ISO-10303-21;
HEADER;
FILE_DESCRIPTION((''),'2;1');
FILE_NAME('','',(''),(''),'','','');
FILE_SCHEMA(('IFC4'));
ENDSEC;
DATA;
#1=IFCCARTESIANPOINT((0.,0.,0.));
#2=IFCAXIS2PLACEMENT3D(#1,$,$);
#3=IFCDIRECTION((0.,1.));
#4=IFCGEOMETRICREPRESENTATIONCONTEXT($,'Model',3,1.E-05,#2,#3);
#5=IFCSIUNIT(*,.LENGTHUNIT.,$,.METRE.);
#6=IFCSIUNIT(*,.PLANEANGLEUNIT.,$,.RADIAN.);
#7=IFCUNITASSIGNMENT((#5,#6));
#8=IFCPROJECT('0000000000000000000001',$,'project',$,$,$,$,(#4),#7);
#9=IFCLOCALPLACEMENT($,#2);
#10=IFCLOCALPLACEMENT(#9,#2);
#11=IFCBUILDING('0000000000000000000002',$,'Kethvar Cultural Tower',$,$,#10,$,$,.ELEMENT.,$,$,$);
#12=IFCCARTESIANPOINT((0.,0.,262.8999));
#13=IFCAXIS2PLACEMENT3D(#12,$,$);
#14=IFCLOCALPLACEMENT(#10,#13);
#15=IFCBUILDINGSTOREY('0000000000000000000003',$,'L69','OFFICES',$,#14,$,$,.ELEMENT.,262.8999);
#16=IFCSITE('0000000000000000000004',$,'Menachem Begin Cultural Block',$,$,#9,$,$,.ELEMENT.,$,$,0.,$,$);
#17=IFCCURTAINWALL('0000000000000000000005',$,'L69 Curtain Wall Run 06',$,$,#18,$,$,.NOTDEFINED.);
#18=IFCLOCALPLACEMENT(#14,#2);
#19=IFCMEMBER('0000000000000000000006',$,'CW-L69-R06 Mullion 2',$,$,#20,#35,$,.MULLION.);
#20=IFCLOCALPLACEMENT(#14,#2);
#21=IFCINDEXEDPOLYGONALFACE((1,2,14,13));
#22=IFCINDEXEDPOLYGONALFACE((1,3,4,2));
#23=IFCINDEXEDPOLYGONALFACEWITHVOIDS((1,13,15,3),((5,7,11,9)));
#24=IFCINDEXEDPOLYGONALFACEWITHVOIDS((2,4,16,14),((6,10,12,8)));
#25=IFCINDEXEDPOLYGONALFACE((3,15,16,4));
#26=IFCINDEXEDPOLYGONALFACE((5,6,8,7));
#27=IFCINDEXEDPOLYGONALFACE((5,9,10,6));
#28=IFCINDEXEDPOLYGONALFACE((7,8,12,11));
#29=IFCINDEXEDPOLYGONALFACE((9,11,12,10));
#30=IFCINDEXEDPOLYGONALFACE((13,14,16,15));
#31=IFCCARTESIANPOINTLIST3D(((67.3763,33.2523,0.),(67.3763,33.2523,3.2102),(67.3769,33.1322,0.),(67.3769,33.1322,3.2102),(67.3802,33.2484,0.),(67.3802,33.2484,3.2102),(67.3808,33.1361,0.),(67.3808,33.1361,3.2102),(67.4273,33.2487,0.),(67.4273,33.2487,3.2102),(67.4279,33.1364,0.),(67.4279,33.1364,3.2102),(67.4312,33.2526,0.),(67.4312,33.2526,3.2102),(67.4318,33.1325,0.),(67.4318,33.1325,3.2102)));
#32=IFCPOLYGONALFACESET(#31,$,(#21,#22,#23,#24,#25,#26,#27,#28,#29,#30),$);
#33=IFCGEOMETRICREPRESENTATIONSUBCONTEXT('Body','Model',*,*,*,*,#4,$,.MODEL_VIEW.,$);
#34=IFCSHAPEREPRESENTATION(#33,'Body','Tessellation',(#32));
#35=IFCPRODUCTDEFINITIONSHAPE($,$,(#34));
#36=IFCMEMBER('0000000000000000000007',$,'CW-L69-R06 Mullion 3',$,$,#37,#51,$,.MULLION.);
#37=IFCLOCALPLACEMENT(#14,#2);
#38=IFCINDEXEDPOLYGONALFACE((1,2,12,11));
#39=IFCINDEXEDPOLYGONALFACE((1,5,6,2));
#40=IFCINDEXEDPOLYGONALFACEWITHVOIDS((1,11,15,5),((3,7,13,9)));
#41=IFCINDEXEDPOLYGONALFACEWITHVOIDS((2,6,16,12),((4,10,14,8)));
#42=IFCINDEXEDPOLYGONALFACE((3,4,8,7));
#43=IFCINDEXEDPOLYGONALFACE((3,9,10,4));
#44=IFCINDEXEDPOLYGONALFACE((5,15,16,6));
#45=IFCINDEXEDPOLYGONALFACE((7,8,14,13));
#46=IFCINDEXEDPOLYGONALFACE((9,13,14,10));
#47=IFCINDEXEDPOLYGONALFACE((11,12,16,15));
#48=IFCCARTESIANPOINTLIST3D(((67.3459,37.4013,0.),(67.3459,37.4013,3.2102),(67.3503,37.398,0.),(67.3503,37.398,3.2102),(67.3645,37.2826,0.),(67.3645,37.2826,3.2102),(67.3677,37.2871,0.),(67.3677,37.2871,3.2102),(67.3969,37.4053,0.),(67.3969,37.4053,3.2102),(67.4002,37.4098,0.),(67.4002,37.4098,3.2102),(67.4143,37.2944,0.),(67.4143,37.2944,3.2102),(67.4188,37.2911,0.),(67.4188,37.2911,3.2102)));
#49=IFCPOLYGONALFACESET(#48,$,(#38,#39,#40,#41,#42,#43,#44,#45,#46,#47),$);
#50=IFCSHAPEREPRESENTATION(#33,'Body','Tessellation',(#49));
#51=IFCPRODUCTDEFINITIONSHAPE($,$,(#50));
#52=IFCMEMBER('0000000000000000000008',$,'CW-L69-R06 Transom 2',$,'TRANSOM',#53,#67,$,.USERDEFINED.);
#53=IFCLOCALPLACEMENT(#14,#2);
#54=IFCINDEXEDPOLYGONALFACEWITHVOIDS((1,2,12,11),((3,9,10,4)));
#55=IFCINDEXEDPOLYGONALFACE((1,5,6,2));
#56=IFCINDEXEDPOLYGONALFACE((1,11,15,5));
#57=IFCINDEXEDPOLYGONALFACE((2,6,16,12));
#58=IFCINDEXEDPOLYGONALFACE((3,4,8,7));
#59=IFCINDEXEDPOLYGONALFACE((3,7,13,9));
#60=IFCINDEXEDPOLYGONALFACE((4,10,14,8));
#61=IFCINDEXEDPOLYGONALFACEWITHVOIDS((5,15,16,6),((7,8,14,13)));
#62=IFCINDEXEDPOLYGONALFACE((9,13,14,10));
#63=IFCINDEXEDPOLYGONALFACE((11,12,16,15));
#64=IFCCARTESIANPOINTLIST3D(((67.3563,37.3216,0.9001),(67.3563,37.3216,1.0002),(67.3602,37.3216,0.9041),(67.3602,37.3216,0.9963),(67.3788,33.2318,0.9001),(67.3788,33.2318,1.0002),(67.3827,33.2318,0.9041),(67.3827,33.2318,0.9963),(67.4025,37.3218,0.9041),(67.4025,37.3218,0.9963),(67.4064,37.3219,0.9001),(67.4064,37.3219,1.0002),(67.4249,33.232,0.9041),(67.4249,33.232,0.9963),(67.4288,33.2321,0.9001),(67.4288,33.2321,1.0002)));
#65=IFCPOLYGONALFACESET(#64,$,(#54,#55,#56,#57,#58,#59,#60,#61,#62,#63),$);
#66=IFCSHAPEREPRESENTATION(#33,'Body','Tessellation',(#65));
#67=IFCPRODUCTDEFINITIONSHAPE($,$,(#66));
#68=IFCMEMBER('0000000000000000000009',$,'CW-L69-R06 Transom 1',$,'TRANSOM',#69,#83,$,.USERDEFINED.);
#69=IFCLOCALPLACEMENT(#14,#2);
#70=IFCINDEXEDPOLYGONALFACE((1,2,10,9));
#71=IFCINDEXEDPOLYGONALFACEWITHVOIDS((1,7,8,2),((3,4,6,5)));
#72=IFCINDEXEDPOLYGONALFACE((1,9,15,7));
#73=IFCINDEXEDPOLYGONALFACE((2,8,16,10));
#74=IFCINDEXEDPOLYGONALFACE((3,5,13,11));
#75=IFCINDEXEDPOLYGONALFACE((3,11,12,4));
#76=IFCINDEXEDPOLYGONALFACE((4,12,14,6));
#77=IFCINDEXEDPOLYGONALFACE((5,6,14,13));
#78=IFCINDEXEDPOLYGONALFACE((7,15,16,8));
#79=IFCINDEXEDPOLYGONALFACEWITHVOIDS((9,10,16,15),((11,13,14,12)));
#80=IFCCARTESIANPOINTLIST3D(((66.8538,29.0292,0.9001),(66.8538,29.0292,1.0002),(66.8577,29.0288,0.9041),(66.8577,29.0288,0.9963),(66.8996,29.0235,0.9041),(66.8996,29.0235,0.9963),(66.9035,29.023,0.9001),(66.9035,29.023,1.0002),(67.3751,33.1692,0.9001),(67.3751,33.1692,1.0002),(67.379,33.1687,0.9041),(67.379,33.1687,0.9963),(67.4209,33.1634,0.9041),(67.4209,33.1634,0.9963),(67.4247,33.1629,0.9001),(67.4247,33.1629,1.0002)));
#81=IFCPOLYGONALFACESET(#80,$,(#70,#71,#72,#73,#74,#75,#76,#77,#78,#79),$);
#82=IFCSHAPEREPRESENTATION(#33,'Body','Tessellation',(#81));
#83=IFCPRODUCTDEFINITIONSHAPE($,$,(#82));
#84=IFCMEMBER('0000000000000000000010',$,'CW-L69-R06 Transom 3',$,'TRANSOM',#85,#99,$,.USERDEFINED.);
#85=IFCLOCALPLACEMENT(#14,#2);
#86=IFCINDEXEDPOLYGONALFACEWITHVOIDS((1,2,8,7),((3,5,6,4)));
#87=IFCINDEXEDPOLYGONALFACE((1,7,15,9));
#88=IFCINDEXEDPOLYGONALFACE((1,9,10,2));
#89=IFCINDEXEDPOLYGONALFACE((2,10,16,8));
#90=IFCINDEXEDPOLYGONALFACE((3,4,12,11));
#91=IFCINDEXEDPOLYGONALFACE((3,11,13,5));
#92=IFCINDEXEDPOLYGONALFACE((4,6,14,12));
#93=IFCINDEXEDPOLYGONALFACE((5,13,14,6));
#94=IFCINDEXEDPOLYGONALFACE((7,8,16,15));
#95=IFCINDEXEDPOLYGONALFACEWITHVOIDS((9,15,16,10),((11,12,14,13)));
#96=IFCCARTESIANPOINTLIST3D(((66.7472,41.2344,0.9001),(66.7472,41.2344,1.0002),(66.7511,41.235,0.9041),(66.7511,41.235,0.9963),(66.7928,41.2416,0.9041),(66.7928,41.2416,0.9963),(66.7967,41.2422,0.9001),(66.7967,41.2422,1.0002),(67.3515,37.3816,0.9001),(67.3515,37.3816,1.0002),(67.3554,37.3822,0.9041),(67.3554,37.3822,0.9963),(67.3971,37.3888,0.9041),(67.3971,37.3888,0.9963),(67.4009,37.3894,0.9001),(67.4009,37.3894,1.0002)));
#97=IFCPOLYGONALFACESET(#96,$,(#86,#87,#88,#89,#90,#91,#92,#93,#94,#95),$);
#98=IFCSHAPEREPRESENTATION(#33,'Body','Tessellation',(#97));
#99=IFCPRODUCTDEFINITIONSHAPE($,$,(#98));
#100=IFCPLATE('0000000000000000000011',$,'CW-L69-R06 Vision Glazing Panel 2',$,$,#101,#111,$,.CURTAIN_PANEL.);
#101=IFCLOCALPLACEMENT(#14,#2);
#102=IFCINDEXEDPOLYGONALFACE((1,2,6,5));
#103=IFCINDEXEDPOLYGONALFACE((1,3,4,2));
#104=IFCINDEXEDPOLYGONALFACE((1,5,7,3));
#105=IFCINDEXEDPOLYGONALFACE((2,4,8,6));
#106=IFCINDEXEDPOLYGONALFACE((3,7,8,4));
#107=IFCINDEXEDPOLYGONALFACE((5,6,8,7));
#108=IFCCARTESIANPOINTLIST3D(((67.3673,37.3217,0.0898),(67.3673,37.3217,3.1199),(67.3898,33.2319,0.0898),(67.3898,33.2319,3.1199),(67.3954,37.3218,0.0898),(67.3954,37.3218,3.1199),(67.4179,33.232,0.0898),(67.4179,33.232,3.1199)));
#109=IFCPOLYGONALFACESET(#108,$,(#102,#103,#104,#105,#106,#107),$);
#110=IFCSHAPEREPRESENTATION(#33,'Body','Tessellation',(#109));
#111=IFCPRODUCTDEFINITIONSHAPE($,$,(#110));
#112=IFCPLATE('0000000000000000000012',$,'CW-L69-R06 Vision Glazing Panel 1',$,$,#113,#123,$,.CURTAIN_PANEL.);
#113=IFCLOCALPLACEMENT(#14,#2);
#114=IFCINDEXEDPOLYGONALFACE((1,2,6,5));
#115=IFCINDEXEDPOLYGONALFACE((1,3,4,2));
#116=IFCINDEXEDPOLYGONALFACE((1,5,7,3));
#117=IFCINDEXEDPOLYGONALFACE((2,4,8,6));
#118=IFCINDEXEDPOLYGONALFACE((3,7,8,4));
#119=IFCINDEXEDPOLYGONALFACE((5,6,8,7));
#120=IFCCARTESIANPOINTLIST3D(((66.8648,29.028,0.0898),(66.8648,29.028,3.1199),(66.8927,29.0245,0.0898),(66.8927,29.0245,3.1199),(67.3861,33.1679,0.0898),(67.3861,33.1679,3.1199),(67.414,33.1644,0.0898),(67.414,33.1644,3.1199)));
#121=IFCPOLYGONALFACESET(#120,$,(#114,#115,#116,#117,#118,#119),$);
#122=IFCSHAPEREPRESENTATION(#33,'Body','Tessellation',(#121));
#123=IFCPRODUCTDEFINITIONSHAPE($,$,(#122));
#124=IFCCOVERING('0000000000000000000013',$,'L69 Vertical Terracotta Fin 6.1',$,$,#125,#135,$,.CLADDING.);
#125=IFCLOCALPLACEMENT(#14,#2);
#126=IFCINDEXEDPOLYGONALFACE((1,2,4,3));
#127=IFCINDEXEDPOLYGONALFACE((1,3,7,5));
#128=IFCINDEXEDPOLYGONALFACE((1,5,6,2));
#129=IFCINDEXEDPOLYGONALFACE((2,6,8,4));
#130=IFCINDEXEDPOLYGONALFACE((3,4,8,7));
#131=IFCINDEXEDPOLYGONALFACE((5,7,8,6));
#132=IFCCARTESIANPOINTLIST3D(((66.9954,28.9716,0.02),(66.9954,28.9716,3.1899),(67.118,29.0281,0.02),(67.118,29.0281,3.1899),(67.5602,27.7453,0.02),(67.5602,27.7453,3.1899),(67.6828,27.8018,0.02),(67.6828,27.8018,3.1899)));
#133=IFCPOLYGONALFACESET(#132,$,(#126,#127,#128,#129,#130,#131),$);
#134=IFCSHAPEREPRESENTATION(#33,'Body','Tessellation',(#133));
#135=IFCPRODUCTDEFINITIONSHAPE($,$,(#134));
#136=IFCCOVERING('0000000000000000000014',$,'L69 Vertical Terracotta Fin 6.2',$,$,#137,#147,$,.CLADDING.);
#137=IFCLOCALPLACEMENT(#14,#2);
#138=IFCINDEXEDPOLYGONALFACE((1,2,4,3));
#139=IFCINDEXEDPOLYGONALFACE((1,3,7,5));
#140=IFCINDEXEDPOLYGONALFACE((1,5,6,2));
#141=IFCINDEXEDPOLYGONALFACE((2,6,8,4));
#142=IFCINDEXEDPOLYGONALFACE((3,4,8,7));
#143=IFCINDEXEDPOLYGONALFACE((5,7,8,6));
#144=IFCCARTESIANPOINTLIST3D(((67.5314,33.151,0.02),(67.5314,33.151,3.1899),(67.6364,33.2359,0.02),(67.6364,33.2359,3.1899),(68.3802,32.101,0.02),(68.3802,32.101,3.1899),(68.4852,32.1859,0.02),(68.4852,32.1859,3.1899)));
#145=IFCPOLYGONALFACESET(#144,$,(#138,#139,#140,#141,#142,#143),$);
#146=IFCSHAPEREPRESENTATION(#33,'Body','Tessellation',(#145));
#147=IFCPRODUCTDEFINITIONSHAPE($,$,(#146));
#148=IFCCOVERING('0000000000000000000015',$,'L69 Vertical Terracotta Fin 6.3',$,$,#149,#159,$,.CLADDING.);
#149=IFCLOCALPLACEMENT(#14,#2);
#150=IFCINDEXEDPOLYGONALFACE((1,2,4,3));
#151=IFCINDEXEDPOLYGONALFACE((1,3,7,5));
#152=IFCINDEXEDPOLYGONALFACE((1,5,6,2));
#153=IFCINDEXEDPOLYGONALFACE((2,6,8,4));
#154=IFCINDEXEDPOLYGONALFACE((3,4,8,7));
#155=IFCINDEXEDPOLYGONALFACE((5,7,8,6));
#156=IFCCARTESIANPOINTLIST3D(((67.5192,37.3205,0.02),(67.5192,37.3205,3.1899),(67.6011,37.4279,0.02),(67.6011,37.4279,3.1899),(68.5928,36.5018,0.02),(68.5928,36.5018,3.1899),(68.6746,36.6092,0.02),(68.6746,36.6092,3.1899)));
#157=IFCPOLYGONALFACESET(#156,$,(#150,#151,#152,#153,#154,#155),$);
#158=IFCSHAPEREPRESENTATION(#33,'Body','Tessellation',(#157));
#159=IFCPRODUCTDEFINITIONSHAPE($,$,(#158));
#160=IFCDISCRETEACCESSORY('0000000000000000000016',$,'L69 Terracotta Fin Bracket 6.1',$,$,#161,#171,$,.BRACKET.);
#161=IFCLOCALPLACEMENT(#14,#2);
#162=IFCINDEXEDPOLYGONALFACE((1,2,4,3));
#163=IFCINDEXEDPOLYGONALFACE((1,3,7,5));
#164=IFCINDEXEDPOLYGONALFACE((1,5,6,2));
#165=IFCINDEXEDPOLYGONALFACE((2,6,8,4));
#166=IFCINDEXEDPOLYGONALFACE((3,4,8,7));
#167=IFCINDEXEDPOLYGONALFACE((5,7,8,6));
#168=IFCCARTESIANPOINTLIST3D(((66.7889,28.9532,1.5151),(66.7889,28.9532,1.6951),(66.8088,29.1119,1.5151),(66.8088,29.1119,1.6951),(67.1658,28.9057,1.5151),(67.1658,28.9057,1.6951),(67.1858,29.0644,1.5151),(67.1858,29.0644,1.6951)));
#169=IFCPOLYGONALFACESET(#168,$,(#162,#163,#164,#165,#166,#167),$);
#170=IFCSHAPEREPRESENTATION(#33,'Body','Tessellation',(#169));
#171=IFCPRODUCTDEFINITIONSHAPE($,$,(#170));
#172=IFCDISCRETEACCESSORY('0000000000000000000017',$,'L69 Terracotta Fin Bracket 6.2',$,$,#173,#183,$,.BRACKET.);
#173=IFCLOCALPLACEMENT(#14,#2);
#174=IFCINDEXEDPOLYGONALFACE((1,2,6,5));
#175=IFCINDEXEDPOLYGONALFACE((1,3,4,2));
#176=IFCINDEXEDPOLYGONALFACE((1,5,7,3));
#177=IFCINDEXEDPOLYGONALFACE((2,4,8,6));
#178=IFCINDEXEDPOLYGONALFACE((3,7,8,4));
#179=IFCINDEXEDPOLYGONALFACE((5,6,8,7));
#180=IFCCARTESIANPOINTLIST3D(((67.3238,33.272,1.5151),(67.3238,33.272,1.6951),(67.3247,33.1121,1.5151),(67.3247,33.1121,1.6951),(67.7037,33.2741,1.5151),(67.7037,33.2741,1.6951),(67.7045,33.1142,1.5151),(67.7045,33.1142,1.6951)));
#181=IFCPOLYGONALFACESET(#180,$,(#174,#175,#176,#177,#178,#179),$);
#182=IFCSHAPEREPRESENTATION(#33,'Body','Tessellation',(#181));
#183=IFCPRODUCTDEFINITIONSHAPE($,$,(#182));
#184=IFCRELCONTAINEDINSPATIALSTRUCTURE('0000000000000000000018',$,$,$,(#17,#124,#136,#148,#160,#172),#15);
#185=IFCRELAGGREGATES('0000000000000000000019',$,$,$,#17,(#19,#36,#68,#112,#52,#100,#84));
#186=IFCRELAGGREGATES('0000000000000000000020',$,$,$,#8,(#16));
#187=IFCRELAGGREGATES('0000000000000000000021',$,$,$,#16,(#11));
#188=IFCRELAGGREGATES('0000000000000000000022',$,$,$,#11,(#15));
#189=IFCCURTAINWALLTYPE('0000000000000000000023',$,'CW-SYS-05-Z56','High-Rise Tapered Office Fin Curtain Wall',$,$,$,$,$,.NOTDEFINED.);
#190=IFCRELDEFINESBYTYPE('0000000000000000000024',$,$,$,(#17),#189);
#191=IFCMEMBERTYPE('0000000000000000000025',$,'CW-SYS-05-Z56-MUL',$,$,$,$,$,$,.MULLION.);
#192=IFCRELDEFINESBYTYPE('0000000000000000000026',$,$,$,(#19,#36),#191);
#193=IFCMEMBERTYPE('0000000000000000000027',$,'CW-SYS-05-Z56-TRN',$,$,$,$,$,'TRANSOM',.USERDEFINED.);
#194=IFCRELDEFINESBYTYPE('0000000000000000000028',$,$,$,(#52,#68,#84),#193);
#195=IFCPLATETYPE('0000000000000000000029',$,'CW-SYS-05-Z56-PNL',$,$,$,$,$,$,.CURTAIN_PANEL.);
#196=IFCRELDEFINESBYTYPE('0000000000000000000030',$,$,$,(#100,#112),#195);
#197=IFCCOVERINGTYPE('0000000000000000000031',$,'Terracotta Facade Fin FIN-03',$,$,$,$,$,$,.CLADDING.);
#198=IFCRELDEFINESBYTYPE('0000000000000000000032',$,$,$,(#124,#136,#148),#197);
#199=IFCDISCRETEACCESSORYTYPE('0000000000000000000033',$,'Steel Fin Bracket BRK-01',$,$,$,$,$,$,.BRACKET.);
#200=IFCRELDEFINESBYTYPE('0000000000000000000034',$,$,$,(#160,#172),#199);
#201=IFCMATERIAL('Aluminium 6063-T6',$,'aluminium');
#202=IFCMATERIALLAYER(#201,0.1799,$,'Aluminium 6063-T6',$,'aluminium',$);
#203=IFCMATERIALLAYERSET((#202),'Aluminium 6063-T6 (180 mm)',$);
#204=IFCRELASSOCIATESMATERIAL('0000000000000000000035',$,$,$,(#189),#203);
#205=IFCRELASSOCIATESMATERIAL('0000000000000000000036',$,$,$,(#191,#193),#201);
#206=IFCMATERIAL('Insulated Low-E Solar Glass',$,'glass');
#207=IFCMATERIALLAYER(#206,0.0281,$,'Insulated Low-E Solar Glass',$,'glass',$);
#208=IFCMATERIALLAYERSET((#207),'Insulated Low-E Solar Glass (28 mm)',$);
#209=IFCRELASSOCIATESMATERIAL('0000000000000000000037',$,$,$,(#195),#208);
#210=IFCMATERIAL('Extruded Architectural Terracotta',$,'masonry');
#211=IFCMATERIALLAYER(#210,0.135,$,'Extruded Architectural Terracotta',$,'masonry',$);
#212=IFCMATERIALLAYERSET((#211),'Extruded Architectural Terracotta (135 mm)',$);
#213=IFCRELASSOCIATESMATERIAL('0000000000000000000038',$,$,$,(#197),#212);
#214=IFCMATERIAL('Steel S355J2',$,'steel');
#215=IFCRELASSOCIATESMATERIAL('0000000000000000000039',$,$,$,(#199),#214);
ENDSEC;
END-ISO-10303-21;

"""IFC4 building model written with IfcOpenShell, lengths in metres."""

from ifc_helpers import new_model, si_unit, direction, frame, origin, origin_2d, place, context, subcontext, project, spatial, rectangle, hollow_rectangle, extrude, source, transform, mapped, material, layer, layer_set, material_profile, profile_set, type_object, element, aggregate, save


model = new_model("IFC4")

# Units and contexts
model_context = context("Model", 3, precision=1e-05, world=origin(), true_north=direction((0.0, 1.0)))
body_context = subcontext(model_context, "Body", "Model", "MODEL_VIEW")
ifc_project = project(units=[si_unit("LENGTHUNIT", "METRE"), si_unit("PLANEANGLEUNIT", "RADIAN")], contexts=[model_context])

# Site, building, storey
site_placement = place(None, origin())
site = spatial("IfcSite", under=ifc_project, at=site_placement, Name="Menachem Begin Cultural Block", CompositionType="ELEMENT", RefElevation=0.0)
building_placement = place(site_placement, origin())
building = spatial("IfcBuilding", under=site, at=building_placement, Name="Kethvar Cultural Tower", CompositionType="ELEMENT")
storey_placement = place(building_placement, frame((0.0, 0.0, 262.8999)))
storey = spatial("IfcBuildingStorey", under=building, at=storey_placement, Name="L69", Description="OFFICES", CompositionType="ELEMENT", Elevation=262.8999)

# Curtain wall, members, plates
ifc_material_1 = material(Name="Aluminium 6063-T6", Category="aluminium")
ifc_layer_1 = layer(ifc_material_1, 0.1799, Name="Aluminium 6063-T6", Category="aluminium")
ifc_layer_set_1 = layer_set([ifc_layer_1], Name="Aluminium 6063-T6 (180 mm)")
curtain_wall_type = type_object("IfcCurtainWallType", Name="CW-SYS-05-Z56", Description="High-Rise Tapered Office Fin Curtain Wall", PredefinedType="NOTDEFINED", material=ifc_layer_set_1)
curtain_wall_placement = place(storey_placement, origin())
curtain_wall = element("IfcCurtainWall", 1, at=curtain_wall_placement, inside=storey, type_object=curtain_wall_type, Name="L69 Curtain Wall Run 06", PredefinedType="NOTDEFINED")
ifc_material_profile_1 = material_profile(ifc_material_1, hollow_rectangle(XDim=0.0549, YDim=0.1201, WallThickness=0.0039, at=origin_2d()), Name="Aluminium 6063-T6 — RHS120x55x4")
ifc_profile_set_1 = profile_set([ifc_material_profile_1], Name="Aluminium 6063-T6 — RHS120x55x4")
member_type_1 = type_object("IfcMemberType", Name="CW-SYS-05-Z56-MUL", PredefinedType="MULLION", material=ifc_profile_set_1)
shared_shape_1 = source(origin(), body_context, "Body", "SweptSolid", [
    extrude(hollow_rectangle(XDim=0.0549, YDim=0.1201, WallThickness=0.0039, at=origin_2d()), origin(), (0.0, 0.0, 1.0), 3.2102),
])
member_1_placement = place(storey_placement, frame((67.4041, 33.1924, 0.0), z_axis=(0.0, 0.0, 1.0), x_axis=(-0.999985, -0.005498, 0.0)))
member_1 = element("IfcMember", 2, at=member_1_placement, type_object=member_type_1, Name="CW-L69-R06 Mullion 2", PredefinedType="MULLION", context=body_context, shape_type="MappedRepresentation", body=[
    mapped(shared_shape_1, transform((0.0, 0.0, 0.0), scale=1.0)),
])
member_2_placement = place(storey_placement, frame((67.3823, 37.3462, 0.0), z_axis=(0.0, 0.0, 1.0), x_axis=(-0.987925, -0.154935, 0.0)))
member_2 = element("IfcMember", 3, at=member_2_placement, type_object=member_type_1, Name="CW-L69-R06 Mullion 3", PredefinedType="MULLION", context=body_context, shape_type="MappedRepresentation", body=[
    mapped(shared_shape_1, transform((0.0, 0.0, 0.0), scale=1.0)),
])
ifc_material_profile_2 = material_profile(ifc_material_1, hollow_rectangle(XDim=0.05, YDim=0.1001, WallThickness=0.0039, at=origin_2d()), Name="Aluminium 6063-T6 — RHS100x50x4")
ifc_profile_set_2 = profile_set([ifc_material_profile_2], Name="Aluminium 6063-T6 — RHS100x50x4")
member_type_2 = type_object("IfcMemberType", Name="CW-SYS-05-Z56-TRN", ElementType="TRANSOM", PredefinedType="USERDEFINED", material=ifc_profile_set_2)
shared_shape_2 = source(origin(), body_context, "Body", "SweptSolid", [
    extrude(hollow_rectangle(XDim=0.05, YDim=0.1001, WallThickness=0.0039, at=origin_2d()), origin(), (0.0, 0.0, 1.0), 4.0898),
])
member_3_placement = place(storey_placement, frame((67.4038, 33.2319, 0.9502), z_axis=(-0.005492, 0.999985, 0.0), x_axis=(-0.999985, -0.005492, 0.0)))
member_3 = element("IfcMember", 4, at=member_3_placement, type_object=member_type_2, Name="CW-L69-R06 Transom 2", ObjectType="TRANSOM", PredefinedType="USERDEFINED", context=body_context, shape_type="MappedRepresentation", body=[
    mapped(shared_shape_2, transform((0.0, 0.0, 0.0), scale=1.0)),
])
shared_shape_3 = source(origin(), body_context, "Body", "SweptSolid", [
    extrude(hollow_rectangle(XDim=0.05, YDim=0.1001, WallThickness=0.0039, at=origin_2d()), origin(), (0.0, 0.0, 1.0), 4.1726),
])
member_4_placement = place(storey_placement, frame((66.8787, 29.0261, 0.9502), z_axis=(0.12492, 0.992167, 0.0), x_axis=(-0.992167, 0.12492, 0.0)))
member_4 = element("IfcMember", 5, at=member_4_placement, type_object=member_type_2, Name="CW-L69-R06 Transom 1", ObjectType="TRANSOM", PredefinedType="USERDEFINED", context=body_context, shape_type="MappedRepresentation", body=[
    mapped(shared_shape_3, transform((0.0, 0.0, 0.0), scale=1.0)),
])
shared_shape_4 = source(origin(), body_context, "Body", "SweptSolid", [
    extrude(hollow_rectangle(XDim=0.05, YDim=0.1001, WallThickness=0.0039, at=origin_2d()), origin(), (0.0, 0.0, 1.0), 3.8999),
])
member_5_placement = place(storey_placement, frame((67.3762, 37.3855, 0.9502), z_axis=(-0.15494, 0.987924, 0.0), x_axis=(-0.987924, -0.15494, 0.0)))
member_5 = element("IfcMember", 6, at=member_5_placement, type_object=member_type_2, Name="CW-L69-R06 Transom 3", ObjectType="TRANSOM", PredefinedType="USERDEFINED", context=body_context, shape_type="MappedRepresentation", body=[
    mapped(shared_shape_4, transform((0.0, 0.0, 0.0), scale=1.0)),
])
ifc_material_2 = material(Name="Insulated Low-E Solar Glass", Category="glass")
ifc_layer_2 = layer(ifc_material_2, 0.0281, Name="Insulated Low-E Solar Glass", Category="glass")
ifc_layer_set_2 = layer_set([ifc_layer_2], Name="Insulated Low-E Solar Glass (28 mm)")
plate_type = type_object("IfcPlateType", Name="CW-SYS-05-Z56-PNL", PredefinedType="CURTAIN_PANEL", material=ifc_layer_set_2)
shared_shape_5 = source(origin(), body_context, "Body", "SweptSolid", [
    extrude(rectangle(XDim=4.0898, YDim=0.0281, at=origin_2d()), origin(), (0.0, 0.0, 1.0), 3.03),
])
plate_1_placement = place(storey_placement, frame((67.3926, 35.2769, 0.0898), z_axis=(0.0, 0.0, 1.0), x_axis=(-0.005498, 0.999985, 0.0)))
plate_1 = element("IfcPlate", 7, at=plate_1_placement, type_object=plate_type, Name="CW-L69-R06 Vision Glazing Panel 2", PredefinedType="CURTAIN_PANEL", context=body_context, shape_type="MappedRepresentation", body=[
    mapped(shared_shape_5, transform((0.0, 0.0, 0.0), scale=1.0)),
])
shared_shape_6 = source(origin(), body_context, "Body", "SweptSolid", [
    extrude(rectangle(XDim=4.1726, YDim=0.0281, at=origin_2d()), origin(), (0.0, 0.0, 1.0), 3.03),
])
plate_2_placement = place(storey_placement, frame((67.1394, 31.0962, 0.0898), z_axis=(0.0, 0.0, 1.0), x_axis=(0.124935, 0.992165, 0.0)))
plate_2 = element("IfcPlate", 8, at=plate_2_placement, type_object=plate_type, Name="CW-L69-R06 Vision Glazing Panel 1", PredefinedType="CURTAIN_PANEL", context=body_context, shape_type="MappedRepresentation", body=[
    mapped(shared_shape_6, transform((0.0, 0.0, 0.0), scale=1.0)),
])
aggregate(curtain_wall, [member_1, member_2, member_4, plate_2, member_3, plate_1, member_5])

# Coverings
ifc_material_3 = material(Name="Extruded Architectural Terracotta", Category="masonry")
ifc_layer_3 = layer(ifc_material_3, 0.135, Name="Extruded Architectural Terracotta", Category="masonry")
ifc_layer_set_3 = layer_set([ifc_layer_3], Name="Extruded Architectural Terracotta (135 mm)")
covering_type = type_object("IfcCoveringType", Name="Terracotta Facade Fin FIN-03", PredefinedType="CLADDING", material=ifc_layer_set_3)
shared_shape_7 = source(origin(), body_context, "Body", "SweptSolid", [
    extrude(rectangle(XDim=1.3501, YDim=0.135, at=origin_2d()), origin(), (0.0, 0.0, 1.0), 3.1699),
])
for number, where, z_axis, x_axis, name in (
    (9, (67.3391, 28.3867, 0.02), (0.0, 0.0, 1.0), (0.418343, -0.908289, 0.0), "L69 Vertical Terracotta Fin 6.1"),
    (10, (68.0083, 32.6685, 0.02), (0.0, 0.0, 1.0), (0.628642, -0.777695, 0.0), "L69 Vertical Terracotta Fin 6.2"),
    (11, (68.0969, 36.9648, 0.02), (0.0, 0.0, 1.0), (0.795156, -0.606405, 0.0), "L69 Vertical Terracotta Fin 6.3"),
):
    element("IfcCovering", number, at=place(storey_placement, frame(where, z_axis=z_axis, x_axis=x_axis)), inside=storey, type_object=covering_type, Name=name, PredefinedType="CLADDING", context=body_context, shape_type="MappedRepresentation", body=[
        mapped(shared_shape_7, transform((0.0, 0.0, 0.0), scale=1.0)),
    ])

# Discrete accessories
ifc_material_4 = material(Name="Steel S355J2", Category="steel")
discrete_accessory_type = type_object("IfcDiscreteAccessoryType", Name="Steel Fin Bracket BRK-01", PredefinedType="BRACKET", material=ifc_material_4)
shared_shape_8 = source(origin(), body_context, "Body", "SweptSolid", [
    extrude(rectangle(XDim=0.3799, YDim=0.1599, at=origin_2d()), origin(), (0.0, 0.0, 1.0), 0.1799),
])
for number, where, z_axis, x_axis, name in (
    (12, (66.9873, 29.0088, 1.5151), (0.0, 0.0, 1.0), (0.992158, -0.124987, 0.0), "L69 Terracotta Fin Bracket 6.1"),
    (13, (67.5142, 33.1931, 1.5151), (0.0, 0.0, 1.0), (0.999985, 0.00541, 0.0), "L69 Terracotta Fin Bracket 6.2"),
):
    element("IfcDiscreteAccessory", number, at=place(storey_placement, frame(where, z_axis=z_axis, x_axis=x_axis)), inside=storey, type_object=discrete_accessory_type, Name=name, PredefinedType="BRACKET", context=body_context, shape_type="MappedRepresentation", body=[
        mapped(shared_shape_8, transform((0.0, 0.0, 0.0), scale=1.0)),
    ])

save(model, "model.ifc")
